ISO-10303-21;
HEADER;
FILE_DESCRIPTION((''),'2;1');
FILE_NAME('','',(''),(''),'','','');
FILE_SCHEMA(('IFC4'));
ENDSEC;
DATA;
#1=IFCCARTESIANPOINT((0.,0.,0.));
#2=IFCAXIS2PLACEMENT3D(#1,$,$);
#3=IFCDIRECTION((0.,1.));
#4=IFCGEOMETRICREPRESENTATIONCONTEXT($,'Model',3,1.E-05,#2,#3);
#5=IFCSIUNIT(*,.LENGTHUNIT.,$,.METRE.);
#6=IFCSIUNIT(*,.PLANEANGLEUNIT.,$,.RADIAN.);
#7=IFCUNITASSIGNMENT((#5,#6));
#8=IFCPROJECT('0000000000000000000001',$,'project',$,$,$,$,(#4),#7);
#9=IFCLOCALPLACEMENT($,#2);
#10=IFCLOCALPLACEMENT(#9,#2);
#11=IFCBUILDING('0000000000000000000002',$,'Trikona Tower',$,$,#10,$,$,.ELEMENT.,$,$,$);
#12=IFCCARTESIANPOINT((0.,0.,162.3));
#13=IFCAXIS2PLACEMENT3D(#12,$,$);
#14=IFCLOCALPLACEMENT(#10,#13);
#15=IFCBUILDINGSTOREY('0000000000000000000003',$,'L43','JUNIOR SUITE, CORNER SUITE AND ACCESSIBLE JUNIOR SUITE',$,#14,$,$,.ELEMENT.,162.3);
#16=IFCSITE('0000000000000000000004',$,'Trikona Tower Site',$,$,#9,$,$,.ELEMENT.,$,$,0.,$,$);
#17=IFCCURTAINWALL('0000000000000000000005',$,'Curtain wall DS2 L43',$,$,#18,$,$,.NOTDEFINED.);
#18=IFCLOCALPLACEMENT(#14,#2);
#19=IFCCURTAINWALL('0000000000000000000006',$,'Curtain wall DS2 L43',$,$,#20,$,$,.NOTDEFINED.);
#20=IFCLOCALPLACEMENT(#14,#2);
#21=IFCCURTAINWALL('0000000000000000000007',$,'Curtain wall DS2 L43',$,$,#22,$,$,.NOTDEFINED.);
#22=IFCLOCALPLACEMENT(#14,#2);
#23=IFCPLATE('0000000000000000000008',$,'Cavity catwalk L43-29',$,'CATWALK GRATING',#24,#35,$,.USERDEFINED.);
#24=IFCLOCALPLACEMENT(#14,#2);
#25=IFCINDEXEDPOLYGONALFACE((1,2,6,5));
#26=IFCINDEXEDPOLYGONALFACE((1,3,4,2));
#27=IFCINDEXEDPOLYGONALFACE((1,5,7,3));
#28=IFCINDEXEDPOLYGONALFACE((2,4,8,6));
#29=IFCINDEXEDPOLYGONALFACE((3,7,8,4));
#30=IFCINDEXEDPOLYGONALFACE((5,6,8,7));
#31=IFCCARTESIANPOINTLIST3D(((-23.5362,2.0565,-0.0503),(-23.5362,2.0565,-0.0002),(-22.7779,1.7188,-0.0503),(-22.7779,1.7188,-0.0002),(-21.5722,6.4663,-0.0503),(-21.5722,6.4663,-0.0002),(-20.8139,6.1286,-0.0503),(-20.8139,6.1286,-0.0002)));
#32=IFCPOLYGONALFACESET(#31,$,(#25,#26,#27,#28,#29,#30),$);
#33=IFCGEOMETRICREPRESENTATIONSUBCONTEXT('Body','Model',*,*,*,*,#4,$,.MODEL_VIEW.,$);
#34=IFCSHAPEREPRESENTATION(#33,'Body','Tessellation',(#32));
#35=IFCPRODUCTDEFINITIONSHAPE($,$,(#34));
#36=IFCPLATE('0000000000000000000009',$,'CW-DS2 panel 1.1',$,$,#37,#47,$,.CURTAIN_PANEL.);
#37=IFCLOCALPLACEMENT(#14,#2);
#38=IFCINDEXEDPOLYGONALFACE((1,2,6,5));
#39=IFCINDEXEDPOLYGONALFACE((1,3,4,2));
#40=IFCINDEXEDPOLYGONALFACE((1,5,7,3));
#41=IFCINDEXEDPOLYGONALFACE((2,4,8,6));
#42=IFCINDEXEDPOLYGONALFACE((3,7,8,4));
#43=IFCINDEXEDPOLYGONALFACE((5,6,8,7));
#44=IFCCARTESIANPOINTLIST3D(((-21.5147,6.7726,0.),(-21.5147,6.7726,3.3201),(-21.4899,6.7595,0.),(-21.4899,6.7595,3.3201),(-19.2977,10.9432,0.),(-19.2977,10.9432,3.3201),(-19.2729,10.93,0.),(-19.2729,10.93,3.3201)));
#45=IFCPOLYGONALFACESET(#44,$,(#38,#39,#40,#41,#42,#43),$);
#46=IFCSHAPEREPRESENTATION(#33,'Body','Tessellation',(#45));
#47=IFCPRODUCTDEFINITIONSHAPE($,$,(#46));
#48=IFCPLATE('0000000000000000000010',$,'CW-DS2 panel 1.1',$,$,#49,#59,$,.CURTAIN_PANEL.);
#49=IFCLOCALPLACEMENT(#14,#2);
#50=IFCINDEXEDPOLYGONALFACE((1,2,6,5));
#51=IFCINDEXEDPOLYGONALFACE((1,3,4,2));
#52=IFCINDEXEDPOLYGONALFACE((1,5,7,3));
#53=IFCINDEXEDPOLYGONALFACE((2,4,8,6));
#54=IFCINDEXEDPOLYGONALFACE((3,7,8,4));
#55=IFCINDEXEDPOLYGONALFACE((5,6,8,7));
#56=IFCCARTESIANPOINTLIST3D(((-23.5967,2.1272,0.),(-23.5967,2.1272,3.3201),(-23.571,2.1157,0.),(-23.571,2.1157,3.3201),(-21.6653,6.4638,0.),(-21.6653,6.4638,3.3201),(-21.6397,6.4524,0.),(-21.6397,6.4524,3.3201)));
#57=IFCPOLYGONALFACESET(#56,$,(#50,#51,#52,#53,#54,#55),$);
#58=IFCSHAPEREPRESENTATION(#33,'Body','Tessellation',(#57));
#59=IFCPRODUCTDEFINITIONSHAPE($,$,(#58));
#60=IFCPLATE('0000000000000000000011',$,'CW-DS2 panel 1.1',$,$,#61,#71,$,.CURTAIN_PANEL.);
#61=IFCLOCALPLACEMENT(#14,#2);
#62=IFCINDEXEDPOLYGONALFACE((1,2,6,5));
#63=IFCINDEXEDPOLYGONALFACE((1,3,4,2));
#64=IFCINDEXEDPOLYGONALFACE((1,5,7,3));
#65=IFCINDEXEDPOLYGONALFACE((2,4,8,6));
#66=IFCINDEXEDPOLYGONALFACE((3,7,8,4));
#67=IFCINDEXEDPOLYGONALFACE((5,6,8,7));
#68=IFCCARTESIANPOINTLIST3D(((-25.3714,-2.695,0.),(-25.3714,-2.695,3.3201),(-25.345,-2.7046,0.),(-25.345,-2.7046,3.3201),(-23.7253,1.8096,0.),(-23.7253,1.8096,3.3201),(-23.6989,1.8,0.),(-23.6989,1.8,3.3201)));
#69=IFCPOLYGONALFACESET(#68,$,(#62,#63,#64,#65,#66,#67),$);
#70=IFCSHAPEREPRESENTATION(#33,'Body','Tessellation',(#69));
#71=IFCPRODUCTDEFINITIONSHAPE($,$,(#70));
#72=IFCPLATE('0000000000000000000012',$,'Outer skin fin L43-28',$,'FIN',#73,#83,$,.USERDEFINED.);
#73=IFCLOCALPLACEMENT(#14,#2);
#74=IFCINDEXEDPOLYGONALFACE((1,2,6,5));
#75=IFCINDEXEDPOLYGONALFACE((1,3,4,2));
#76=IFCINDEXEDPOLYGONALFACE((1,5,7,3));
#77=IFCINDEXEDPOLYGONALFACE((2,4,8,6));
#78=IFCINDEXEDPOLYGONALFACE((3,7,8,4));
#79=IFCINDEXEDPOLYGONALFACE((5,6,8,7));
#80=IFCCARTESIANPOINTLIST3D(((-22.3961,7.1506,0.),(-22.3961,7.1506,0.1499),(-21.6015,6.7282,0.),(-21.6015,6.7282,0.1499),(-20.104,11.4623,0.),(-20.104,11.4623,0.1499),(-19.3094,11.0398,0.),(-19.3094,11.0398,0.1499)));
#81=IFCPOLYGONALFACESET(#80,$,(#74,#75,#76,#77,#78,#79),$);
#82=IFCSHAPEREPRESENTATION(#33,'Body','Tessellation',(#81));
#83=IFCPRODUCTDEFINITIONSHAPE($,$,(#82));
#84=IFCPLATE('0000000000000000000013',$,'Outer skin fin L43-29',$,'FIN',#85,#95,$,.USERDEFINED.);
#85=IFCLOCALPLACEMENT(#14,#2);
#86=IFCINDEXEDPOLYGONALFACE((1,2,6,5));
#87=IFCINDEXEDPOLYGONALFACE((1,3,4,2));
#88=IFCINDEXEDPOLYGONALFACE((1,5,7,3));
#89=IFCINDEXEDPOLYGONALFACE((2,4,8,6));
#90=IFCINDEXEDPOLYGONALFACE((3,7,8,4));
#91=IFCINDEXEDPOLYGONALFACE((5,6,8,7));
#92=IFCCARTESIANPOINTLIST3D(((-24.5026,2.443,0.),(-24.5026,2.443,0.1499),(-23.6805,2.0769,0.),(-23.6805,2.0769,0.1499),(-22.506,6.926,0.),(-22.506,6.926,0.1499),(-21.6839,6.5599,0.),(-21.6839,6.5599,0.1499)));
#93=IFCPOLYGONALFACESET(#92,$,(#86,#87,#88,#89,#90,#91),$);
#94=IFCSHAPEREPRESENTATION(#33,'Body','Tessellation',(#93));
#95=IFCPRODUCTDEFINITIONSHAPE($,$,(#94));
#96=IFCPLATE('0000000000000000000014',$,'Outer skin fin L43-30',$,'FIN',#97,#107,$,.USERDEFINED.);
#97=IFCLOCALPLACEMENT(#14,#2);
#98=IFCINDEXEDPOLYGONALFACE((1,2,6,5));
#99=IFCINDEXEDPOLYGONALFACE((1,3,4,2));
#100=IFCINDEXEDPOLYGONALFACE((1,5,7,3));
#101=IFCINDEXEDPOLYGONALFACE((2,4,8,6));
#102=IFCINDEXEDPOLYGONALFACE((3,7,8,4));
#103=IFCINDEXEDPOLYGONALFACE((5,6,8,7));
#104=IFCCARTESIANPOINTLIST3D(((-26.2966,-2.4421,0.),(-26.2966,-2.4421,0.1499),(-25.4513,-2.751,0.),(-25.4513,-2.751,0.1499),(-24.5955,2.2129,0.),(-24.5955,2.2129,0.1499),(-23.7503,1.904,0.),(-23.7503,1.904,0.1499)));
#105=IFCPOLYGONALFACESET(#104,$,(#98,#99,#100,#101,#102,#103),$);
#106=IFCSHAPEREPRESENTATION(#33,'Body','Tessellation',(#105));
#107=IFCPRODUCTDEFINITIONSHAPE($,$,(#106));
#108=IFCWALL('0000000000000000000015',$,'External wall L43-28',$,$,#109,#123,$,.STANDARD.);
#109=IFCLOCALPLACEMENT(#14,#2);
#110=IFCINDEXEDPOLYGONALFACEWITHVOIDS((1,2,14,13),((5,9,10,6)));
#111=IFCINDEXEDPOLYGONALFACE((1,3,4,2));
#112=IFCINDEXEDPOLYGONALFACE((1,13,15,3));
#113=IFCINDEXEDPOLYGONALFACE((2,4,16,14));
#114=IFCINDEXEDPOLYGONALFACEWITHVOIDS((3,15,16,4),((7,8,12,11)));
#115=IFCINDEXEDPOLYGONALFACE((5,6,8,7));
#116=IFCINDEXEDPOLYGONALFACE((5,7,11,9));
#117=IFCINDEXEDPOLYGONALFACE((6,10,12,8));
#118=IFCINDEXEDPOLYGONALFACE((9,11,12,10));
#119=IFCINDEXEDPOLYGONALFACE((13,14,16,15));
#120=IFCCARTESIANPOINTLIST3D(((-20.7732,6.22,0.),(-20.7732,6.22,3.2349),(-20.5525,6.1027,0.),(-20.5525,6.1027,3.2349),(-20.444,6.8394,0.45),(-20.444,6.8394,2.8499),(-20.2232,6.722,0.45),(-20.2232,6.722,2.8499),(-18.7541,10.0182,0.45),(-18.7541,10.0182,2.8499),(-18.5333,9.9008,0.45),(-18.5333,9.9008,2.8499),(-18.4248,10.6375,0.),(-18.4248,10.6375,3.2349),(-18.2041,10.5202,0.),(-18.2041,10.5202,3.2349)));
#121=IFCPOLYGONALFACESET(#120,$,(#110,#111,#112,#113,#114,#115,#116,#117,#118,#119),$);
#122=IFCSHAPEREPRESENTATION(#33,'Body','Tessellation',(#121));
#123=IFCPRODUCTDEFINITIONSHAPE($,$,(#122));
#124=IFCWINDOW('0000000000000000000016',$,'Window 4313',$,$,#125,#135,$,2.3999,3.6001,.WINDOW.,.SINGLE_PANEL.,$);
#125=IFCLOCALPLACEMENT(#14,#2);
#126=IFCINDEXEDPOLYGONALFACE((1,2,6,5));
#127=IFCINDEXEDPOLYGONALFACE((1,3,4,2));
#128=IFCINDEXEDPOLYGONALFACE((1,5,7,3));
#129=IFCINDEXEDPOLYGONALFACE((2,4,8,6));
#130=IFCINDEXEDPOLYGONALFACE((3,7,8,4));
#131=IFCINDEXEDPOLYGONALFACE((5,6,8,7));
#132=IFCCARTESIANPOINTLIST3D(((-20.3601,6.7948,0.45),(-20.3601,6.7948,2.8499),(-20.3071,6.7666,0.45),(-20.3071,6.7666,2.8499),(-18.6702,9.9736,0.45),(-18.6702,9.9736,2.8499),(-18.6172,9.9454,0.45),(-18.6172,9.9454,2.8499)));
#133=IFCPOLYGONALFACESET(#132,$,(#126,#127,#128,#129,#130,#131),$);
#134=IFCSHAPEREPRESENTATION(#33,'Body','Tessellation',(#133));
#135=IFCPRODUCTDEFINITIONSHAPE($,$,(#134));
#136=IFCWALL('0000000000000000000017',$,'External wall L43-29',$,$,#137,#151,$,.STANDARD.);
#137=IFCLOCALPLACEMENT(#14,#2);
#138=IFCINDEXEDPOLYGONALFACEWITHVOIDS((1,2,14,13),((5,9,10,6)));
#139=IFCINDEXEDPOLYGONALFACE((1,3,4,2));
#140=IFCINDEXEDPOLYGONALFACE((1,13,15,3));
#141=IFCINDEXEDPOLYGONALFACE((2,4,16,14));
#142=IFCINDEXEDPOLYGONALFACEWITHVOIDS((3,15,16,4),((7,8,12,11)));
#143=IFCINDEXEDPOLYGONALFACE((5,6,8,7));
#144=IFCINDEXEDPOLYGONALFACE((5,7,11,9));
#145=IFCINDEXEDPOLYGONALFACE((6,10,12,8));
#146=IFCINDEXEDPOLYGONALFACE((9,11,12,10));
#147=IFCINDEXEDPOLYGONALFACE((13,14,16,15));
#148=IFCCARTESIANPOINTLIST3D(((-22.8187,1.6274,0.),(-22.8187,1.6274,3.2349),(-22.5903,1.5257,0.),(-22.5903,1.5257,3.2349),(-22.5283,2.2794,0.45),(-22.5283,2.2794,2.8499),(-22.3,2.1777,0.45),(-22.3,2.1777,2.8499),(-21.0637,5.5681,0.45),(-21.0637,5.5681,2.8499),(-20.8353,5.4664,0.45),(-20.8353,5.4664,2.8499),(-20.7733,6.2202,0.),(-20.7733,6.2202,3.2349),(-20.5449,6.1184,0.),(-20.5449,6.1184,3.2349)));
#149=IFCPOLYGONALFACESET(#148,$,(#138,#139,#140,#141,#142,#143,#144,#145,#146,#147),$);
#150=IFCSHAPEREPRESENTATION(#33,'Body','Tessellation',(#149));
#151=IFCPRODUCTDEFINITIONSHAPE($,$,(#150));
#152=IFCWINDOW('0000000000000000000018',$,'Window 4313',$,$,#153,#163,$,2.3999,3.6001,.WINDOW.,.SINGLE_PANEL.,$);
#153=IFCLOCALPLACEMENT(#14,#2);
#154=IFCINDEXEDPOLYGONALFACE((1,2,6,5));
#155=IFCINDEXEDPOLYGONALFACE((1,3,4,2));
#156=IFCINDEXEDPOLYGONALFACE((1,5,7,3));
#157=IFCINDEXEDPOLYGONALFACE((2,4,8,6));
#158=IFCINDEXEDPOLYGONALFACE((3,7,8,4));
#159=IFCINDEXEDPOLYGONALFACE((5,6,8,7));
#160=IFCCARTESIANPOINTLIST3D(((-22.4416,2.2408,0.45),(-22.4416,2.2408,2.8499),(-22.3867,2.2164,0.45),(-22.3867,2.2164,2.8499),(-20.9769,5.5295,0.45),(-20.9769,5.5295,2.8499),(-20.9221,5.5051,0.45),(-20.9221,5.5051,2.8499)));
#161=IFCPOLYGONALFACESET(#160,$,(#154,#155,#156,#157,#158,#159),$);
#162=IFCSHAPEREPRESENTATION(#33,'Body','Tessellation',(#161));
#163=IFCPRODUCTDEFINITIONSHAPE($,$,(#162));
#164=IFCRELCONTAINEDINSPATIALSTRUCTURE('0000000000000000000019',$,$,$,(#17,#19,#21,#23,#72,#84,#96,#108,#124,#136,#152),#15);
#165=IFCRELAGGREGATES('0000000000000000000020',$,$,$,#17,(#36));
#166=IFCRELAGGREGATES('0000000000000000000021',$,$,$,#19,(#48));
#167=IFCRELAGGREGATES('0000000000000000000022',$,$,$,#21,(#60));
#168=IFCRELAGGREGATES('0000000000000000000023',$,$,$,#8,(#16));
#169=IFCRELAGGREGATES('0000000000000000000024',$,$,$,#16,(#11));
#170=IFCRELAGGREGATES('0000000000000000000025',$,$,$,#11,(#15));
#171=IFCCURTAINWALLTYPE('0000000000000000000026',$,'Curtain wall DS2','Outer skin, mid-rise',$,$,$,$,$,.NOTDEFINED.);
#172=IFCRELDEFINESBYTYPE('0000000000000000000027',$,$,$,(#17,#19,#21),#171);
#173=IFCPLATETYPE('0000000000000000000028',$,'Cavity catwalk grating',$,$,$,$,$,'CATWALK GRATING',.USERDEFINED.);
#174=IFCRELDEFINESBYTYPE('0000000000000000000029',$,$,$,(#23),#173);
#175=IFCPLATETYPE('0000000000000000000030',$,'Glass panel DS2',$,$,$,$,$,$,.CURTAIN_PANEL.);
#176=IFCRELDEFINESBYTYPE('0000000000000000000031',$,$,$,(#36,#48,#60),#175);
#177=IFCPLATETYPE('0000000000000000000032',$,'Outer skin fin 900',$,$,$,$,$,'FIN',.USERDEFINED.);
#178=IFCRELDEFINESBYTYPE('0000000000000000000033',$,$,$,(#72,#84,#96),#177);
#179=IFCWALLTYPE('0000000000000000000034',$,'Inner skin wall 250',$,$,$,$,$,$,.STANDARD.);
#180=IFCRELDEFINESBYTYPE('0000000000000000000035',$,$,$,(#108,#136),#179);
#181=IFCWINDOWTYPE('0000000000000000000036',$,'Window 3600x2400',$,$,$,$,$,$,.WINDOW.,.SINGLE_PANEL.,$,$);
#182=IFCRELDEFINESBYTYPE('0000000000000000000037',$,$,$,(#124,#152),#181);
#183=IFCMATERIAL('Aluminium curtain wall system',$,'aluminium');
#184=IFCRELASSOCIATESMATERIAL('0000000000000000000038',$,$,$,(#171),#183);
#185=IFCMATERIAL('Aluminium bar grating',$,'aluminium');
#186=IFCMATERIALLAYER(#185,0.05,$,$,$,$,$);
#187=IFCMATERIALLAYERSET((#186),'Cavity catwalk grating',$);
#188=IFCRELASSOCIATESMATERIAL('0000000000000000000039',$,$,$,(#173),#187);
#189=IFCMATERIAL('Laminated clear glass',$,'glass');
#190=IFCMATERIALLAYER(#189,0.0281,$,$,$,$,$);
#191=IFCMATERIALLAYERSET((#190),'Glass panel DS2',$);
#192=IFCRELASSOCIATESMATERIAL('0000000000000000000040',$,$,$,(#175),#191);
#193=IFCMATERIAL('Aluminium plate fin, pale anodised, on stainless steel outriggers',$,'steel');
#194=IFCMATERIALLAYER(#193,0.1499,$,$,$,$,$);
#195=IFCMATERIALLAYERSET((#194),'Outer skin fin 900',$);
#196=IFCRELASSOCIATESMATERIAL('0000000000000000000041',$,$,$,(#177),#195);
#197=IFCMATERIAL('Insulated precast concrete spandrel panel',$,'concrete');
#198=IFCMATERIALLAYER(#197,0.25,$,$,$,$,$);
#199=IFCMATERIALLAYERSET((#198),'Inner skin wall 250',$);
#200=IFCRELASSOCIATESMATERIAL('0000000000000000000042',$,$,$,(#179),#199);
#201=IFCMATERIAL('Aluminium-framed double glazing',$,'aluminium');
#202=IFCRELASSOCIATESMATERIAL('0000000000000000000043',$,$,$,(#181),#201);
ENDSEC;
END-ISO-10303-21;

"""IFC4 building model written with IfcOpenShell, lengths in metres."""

from ifc_helpers import new_model, si_unit, direction, frame, frame_2d, origin, origin_2d, place, context, subcontext, project, spatial, rectangle, extrude, material, layer, layer_set, type_object, element, fill, aggregate, save


model = new_model("IFC4")

# Units and contexts
model_context = context("Model", 3, precision=1e-05, world=origin(), true_north=direction((0.0, 1.0)))
body_context = subcontext(model_context, "Body", "Model", "MODEL_VIEW")
ifc_project = project(units=[si_unit("LENGTHUNIT", "METRE"), si_unit("PLANEANGLEUNIT", "RADIAN")], contexts=[model_context])

# Site, building, storey
site_placement = place(None, origin())
site = spatial("IfcSite", under=ifc_project, at=site_placement, Name="Trikona Tower Site", CompositionType="ELEMENT", RefElevation=0.0)
building_placement = place(site_placement, origin())
building = spatial("IfcBuilding", under=site, at=building_placement, Name="Trikona Tower", CompositionType="ELEMENT")
storey_placement = place(building_placement, frame((0.0, 0.0, 162.3)))
storey = spatial("IfcBuildingStorey", under=building, at=storey_placement, Name="L43", Description="JUNIOR SUITE, CORNER SUITE AND ACCESSIBLE JUNIOR SUITE", CompositionType="ELEMENT", Elevation=162.3)

# Shared definitions
ifc_material_1 = material(Name="Aluminium curtain wall system", Category="aluminium")
curtain_wall_type = type_object("IfcCurtainWallType", Name="Curtain wall DS2", Description="Outer skin, mid-rise", PredefinedType="NOTDEFINED", material=ifc_material_1)

# Curtain walls
curtain_wall_1_placement = place(storey_placement, origin())
curtain_wall_1 = element("IfcCurtainWall", 1, at=curtain_wall_1_placement, inside=storey, type_object=curtain_wall_type, Name="Curtain wall DS2 L43", PredefinedType="NOTDEFINED")
curtain_wall_2_placement = place(storey_placement, origin())
curtain_wall_2 = element("IfcCurtainWall", 2, at=curtain_wall_2_placement, inside=storey, type_object=curtain_wall_type, Name="Curtain wall DS2 L43", PredefinedType="NOTDEFINED")

# Curtain wall
curtain_wall_3_placement = place(storey_placement, origin())
curtain_wall_3 = element("IfcCurtainWall", 3, at=curtain_wall_3_placement, inside=storey, type_object=curtain_wall_type, Name="Curtain wall DS2 L43", PredefinedType="NOTDEFINED")

# Plate
ifc_material_2 = material(Name="Aluminium bar grating", Category="aluminium")
ifc_layer_1 = layer(ifc_material_2, 0.05)
ifc_layer_set_1 = layer_set([ifc_layer_1], Name="Cavity catwalk grating")
plate_type_1 = type_object("IfcPlateType", Name="Cavity catwalk grating", ElementType="CATWALK GRATING", PredefinedType="USERDEFINED", material=ifc_layer_set_1)
plate_1_placement = place(storey_placement, frame((-22.175, 4.0925, -0.0503), z_axis=(0.0, 0.0, 1.0), x_axis=(-0.406843, -0.913498, 0.0)))
element("IfcPlate", 4, at=plate_1_placement, inside=storey, type_object=plate_type_1, Name="Cavity catwalk L43-29", ObjectType="CATWALK GRATING", PredefinedType="USERDEFINED", context=body_context, shape_type="SweptSolid", body=[
    extrude(rectangle(XDim=4.8274, YDim=0.8301, at=origin_2d()), origin(), (0.0, 0.0, 1.0), 0.05),
])

# Plates
ifc_material_3 = material(Name="Laminated clear glass", Category="glass")
ifc_layer_2 = layer(ifc_material_3, 0.0281)
ifc_layer_set_2 = layer_set([ifc_layer_2], Name="Glass panel DS2")
plate_type_2 = type_object("IfcPlateType", Name="Glass panel DS2", PredefinedType="CURTAIN_PANEL", material=ifc_layer_set_2)
plate_2_placement = place(storey_placement, frame((-20.3938, 8.8513, 0.0), z_axis=(0.0, 0.0, 1.0), x_axis=(-0.46938, -0.882996, 0.0)))
plate_2 = element("IfcPlate", 5, at=plate_2_placement, type_object=plate_type_2, Name="CW-DS2 panel 1.1", PredefinedType="CURTAIN_PANEL", context=body_context, shape_type="SweptSolid", body=[
    extrude(rectangle(XDim=4.7231, YDim=0.0281, at=origin_2d()), origin(), (0.0, 0.0, 1.0), 3.3201),
])
aggregate(curtain_wall_1, [plate_2])
plate_3_placement = place(storey_placement, frame((-22.6182, 4.2898, 0.0), z_axis=(0.0, 0.0, 1.0), x_axis=(-0.406836, -0.913501, 0.0)))
plate_3 = element("IfcPlate", 6, at=plate_3_placement, type_object=plate_type_2, Name="CW-DS2 panel 1.1", PredefinedType="CURTAIN_PANEL", context=body_context, shape_type="SweptSolid", body=[
    extrude(rectangle(XDim=4.7473, YDim=0.0281, at=origin_2d()), origin(), (0.0, 0.0, 1.0), 3.3201),
])
aggregate(curtain_wall_2, [plate_3])
plate_4_placement = place(storey_placement, frame((-24.5352, -0.4475, 0.0), z_axis=(0.0, 0.0, 1.0), x_axis=(-0.343223, -0.939254, 0.0)))
plate_4 = element("IfcPlate", 7, at=plate_4_placement, type_object=plate_type_2, Name="CW-DS2 panel 1.1", PredefinedType="CURTAIN_PANEL", context=body_context, shape_type="SweptSolid", body=[
    extrude(rectangle(XDim=4.7959, YDim=0.0281, at=origin_2d()), origin(), (0.0, 0.0, 1.0), 3.3201),
])
aggregate(curtain_wall_3, [plate_4])

# Plates
ifc_material_4 = material(Name="Aluminium plate fin, pale anodised, on stainless steel outriggers", Category="steel")
ifc_layer_3 = layer(ifc_material_4, 0.1499)
ifc_layer_set_3 = layer_set([ifc_layer_3], Name="Outer skin fin 900")
plate_type_3 = type_object("IfcPlateType", Name="Outer skin fin 900", ElementType="FIN", PredefinedType="USERDEFINED", material=ifc_layer_set_3)
plate_5_placement = place(storey_placement, frame((-20.8528, 9.0952, 0.0), z_axis=(0.0, 0.0, 1.0), x_axis=(-0.469398, -0.882987, 0.0)))
element("IfcPlate", 8, at=plate_5_placement, inside=storey, type_object=plate_type_3, Name="Outer skin fin L43-28", ObjectType="FIN", PredefinedType="USERDEFINED", context=body_context, shape_type="SweptSolid", body=[
    extrude(rectangle(XDim=4.8831, YDim=0.8999, at=origin_2d()), origin(), (0.0, 0.0, 1.0), 0.1499),
])
plate_6_placement = place(storey_placement, frame((-23.0933, 4.5015, 0.0), z_axis=(0.0, 0.0, 1.0), x_axis=(-0.406843, -0.913498, 0.0)))
element("IfcPlate", 9, at=plate_6_placement, inside=storey, type_object=plate_type_3, Name="Outer skin fin L43-29", ObjectType="FIN", PredefinedType="USERDEFINED", context=body_context, shape_type="SweptSolid", body=[
    extrude(rectangle(XDim=4.9075, YDim=0.8999, at=origin_2d()), origin(), (0.0, 0.0, 1.0), 0.1499),
])
plate_7_placement = place(storey_placement, frame((-25.0234, -0.269, 0.0), z_axis=(0.0, 0.0, 1.0), x_axis=(-0.34322, -0.939255, 0.0)))
element("IfcPlate", 10, at=plate_7_placement, inside=storey, type_object=plate_type_3, Name="Outer skin fin L43-30", ObjectType="FIN", PredefinedType="USERDEFINED", context=body_context, shape_type="SweptSolid", body=[
    extrude(rectangle(XDim=4.9561, YDim=0.8999, at=origin_2d()), origin(), (0.0, 0.0, 1.0), 0.1499),
])

# Walls, openings, windows
ifc_material_5 = material(Name="Insulated precast concrete spandrel panel", Category="concrete")
ifc_layer_4 = layer(ifc_material_5, 0.25)
ifc_layer_set_4 = layer_set([ifc_layer_4], Name="Inner skin wall 250")
wall_type = type_object("IfcWallType", Name="Inner skin wall 250", PredefinedType="STANDARD", material=ifc_layer_set_4)
wall_1_placement = place(storey_placement, frame((-18.3145, 10.5789, 0.0), z_axis=(0.0, 0.0, 1.0), x_axis=(-0.469405, -0.882983, 0.0)))
wall_1 = element("IfcWall", 11, at=wall_1_placement, inside=storey, type_object=wall_type, Name="External wall L43-28", PredefinedType="STANDARD", context=body_context, shape_type="SweptSolid", body=[
    extrude(rectangle(XDim=5.0029, YDim=0.25, at=frame_2d((2.5015, 0.0))), origin(), (0.0, 0.0, 1.0), 3.2349),
])
opening_1_placement = place(wall_1_placement, frame((0.7014, 0.0, 0.45)))
opening_1 = element("IfcOpeningElement", 12, at=opening_1_placement, cuts=wall_1, PredefinedType="OPENING", context=body_context, shape_type="SweptSolid", body=[
    extrude(rectangle(XDim=3.6001, YDim=2.3999, at=frame_2d((1.8, 1.2))), frame((0.0, 0.135, 0.0), z_axis=(0.0, -1.0, 0.0), x_axis=(1.0, 0.0, 0.0)), (0.0, 0.0, 1.0), 0.27),
])
ifc_material_6 = material(Name="Aluminium-framed double glazing", Category="aluminium")
window_type = type_object("IfcWindowType", Name="Window 3600x2400", PartitioningType="SINGLE_PANEL", PredefinedType="WINDOW", material=ifc_material_6)
window_1_placement = place(opening_1_placement, origin())
window_1 = element("IfcWindow", 13, at=window_1_placement, inside=storey, type_object=window_type, Name="Window 4313", OverallHeight=2.3999, OverallWidth=3.6001, PartitioningType="SINGLE_PANEL", PredefinedType="WINDOW", context=body_context, shape_type="SweptSolid", body=[
    extrude(rectangle(XDim=3.6001, YDim=2.3999, at=frame_2d((1.8, 1.2))), frame((0.0, 0.03, 0.0), z_axis=(0.0, -1.0, 0.0), x_axis=(1.0, 0.0, 0.0)), (0.0, 0.0, 1.0), 0.0601),
])
fill(opening_1, window_1)
wall_2_placement = place(storey_placement, frame((-20.6592, 6.1692, 0.0), z_axis=(0.0, 0.0, 1.0), x_axis=(-0.406832, -0.913503, 0.0)))
wall_2 = element("IfcWall", 14, at=wall_2_placement, inside=storey, type_object=wall_type, Name="External wall L43-29", PredefinedType="STANDARD", context=body_context, shape_type="SweptSolid", body=[
    extrude(rectangle(XDim=5.0276, YDim=0.25, at=frame_2d((2.5137, 0.0))), origin(), (0.0, 0.0, 1.0), 3.2349),
])
opening_2_placement = place(wall_2_placement, frame((0.7136, 0.0, 0.45)))
opening_2 = element("IfcOpeningElement", 15, at=opening_2_placement, cuts=wall_2, PredefinedType="OPENING", context=body_context, shape_type="SweptSolid", body=[
    extrude(rectangle(XDim=3.6001, YDim=2.3999, at=frame_2d((1.8, 1.2))), frame((0.0, 0.135, 0.0), z_axis=(0.0, -1.0, 0.0), x_axis=(1.0, 0.0, 0.0)), (0.0, 0.0, 1.0), 0.27),
])
window_2_placement = place(opening_2_placement, origin())
window_2 = element("IfcWindow", 16, at=window_2_placement, inside=storey, type_object=window_type, Name="Window 4313", OverallHeight=2.3999, OverallWidth=3.6001, PartitioningType="SINGLE_PANEL", PredefinedType="WINDOW", context=body_context, shape_type="SweptSolid", body=[
    extrude(rectangle(XDim=3.6001, YDim=2.3999, at=frame_2d((1.8, 1.2))), frame((0.0, 0.03, 0.0), z_axis=(0.0, -1.0, 0.0), x_axis=(1.0, 0.0, 0.0)), (0.0, 0.0, 1.0), 0.0601),
])
fill(opening_2, window_2)

save(model, "model.ifc")
